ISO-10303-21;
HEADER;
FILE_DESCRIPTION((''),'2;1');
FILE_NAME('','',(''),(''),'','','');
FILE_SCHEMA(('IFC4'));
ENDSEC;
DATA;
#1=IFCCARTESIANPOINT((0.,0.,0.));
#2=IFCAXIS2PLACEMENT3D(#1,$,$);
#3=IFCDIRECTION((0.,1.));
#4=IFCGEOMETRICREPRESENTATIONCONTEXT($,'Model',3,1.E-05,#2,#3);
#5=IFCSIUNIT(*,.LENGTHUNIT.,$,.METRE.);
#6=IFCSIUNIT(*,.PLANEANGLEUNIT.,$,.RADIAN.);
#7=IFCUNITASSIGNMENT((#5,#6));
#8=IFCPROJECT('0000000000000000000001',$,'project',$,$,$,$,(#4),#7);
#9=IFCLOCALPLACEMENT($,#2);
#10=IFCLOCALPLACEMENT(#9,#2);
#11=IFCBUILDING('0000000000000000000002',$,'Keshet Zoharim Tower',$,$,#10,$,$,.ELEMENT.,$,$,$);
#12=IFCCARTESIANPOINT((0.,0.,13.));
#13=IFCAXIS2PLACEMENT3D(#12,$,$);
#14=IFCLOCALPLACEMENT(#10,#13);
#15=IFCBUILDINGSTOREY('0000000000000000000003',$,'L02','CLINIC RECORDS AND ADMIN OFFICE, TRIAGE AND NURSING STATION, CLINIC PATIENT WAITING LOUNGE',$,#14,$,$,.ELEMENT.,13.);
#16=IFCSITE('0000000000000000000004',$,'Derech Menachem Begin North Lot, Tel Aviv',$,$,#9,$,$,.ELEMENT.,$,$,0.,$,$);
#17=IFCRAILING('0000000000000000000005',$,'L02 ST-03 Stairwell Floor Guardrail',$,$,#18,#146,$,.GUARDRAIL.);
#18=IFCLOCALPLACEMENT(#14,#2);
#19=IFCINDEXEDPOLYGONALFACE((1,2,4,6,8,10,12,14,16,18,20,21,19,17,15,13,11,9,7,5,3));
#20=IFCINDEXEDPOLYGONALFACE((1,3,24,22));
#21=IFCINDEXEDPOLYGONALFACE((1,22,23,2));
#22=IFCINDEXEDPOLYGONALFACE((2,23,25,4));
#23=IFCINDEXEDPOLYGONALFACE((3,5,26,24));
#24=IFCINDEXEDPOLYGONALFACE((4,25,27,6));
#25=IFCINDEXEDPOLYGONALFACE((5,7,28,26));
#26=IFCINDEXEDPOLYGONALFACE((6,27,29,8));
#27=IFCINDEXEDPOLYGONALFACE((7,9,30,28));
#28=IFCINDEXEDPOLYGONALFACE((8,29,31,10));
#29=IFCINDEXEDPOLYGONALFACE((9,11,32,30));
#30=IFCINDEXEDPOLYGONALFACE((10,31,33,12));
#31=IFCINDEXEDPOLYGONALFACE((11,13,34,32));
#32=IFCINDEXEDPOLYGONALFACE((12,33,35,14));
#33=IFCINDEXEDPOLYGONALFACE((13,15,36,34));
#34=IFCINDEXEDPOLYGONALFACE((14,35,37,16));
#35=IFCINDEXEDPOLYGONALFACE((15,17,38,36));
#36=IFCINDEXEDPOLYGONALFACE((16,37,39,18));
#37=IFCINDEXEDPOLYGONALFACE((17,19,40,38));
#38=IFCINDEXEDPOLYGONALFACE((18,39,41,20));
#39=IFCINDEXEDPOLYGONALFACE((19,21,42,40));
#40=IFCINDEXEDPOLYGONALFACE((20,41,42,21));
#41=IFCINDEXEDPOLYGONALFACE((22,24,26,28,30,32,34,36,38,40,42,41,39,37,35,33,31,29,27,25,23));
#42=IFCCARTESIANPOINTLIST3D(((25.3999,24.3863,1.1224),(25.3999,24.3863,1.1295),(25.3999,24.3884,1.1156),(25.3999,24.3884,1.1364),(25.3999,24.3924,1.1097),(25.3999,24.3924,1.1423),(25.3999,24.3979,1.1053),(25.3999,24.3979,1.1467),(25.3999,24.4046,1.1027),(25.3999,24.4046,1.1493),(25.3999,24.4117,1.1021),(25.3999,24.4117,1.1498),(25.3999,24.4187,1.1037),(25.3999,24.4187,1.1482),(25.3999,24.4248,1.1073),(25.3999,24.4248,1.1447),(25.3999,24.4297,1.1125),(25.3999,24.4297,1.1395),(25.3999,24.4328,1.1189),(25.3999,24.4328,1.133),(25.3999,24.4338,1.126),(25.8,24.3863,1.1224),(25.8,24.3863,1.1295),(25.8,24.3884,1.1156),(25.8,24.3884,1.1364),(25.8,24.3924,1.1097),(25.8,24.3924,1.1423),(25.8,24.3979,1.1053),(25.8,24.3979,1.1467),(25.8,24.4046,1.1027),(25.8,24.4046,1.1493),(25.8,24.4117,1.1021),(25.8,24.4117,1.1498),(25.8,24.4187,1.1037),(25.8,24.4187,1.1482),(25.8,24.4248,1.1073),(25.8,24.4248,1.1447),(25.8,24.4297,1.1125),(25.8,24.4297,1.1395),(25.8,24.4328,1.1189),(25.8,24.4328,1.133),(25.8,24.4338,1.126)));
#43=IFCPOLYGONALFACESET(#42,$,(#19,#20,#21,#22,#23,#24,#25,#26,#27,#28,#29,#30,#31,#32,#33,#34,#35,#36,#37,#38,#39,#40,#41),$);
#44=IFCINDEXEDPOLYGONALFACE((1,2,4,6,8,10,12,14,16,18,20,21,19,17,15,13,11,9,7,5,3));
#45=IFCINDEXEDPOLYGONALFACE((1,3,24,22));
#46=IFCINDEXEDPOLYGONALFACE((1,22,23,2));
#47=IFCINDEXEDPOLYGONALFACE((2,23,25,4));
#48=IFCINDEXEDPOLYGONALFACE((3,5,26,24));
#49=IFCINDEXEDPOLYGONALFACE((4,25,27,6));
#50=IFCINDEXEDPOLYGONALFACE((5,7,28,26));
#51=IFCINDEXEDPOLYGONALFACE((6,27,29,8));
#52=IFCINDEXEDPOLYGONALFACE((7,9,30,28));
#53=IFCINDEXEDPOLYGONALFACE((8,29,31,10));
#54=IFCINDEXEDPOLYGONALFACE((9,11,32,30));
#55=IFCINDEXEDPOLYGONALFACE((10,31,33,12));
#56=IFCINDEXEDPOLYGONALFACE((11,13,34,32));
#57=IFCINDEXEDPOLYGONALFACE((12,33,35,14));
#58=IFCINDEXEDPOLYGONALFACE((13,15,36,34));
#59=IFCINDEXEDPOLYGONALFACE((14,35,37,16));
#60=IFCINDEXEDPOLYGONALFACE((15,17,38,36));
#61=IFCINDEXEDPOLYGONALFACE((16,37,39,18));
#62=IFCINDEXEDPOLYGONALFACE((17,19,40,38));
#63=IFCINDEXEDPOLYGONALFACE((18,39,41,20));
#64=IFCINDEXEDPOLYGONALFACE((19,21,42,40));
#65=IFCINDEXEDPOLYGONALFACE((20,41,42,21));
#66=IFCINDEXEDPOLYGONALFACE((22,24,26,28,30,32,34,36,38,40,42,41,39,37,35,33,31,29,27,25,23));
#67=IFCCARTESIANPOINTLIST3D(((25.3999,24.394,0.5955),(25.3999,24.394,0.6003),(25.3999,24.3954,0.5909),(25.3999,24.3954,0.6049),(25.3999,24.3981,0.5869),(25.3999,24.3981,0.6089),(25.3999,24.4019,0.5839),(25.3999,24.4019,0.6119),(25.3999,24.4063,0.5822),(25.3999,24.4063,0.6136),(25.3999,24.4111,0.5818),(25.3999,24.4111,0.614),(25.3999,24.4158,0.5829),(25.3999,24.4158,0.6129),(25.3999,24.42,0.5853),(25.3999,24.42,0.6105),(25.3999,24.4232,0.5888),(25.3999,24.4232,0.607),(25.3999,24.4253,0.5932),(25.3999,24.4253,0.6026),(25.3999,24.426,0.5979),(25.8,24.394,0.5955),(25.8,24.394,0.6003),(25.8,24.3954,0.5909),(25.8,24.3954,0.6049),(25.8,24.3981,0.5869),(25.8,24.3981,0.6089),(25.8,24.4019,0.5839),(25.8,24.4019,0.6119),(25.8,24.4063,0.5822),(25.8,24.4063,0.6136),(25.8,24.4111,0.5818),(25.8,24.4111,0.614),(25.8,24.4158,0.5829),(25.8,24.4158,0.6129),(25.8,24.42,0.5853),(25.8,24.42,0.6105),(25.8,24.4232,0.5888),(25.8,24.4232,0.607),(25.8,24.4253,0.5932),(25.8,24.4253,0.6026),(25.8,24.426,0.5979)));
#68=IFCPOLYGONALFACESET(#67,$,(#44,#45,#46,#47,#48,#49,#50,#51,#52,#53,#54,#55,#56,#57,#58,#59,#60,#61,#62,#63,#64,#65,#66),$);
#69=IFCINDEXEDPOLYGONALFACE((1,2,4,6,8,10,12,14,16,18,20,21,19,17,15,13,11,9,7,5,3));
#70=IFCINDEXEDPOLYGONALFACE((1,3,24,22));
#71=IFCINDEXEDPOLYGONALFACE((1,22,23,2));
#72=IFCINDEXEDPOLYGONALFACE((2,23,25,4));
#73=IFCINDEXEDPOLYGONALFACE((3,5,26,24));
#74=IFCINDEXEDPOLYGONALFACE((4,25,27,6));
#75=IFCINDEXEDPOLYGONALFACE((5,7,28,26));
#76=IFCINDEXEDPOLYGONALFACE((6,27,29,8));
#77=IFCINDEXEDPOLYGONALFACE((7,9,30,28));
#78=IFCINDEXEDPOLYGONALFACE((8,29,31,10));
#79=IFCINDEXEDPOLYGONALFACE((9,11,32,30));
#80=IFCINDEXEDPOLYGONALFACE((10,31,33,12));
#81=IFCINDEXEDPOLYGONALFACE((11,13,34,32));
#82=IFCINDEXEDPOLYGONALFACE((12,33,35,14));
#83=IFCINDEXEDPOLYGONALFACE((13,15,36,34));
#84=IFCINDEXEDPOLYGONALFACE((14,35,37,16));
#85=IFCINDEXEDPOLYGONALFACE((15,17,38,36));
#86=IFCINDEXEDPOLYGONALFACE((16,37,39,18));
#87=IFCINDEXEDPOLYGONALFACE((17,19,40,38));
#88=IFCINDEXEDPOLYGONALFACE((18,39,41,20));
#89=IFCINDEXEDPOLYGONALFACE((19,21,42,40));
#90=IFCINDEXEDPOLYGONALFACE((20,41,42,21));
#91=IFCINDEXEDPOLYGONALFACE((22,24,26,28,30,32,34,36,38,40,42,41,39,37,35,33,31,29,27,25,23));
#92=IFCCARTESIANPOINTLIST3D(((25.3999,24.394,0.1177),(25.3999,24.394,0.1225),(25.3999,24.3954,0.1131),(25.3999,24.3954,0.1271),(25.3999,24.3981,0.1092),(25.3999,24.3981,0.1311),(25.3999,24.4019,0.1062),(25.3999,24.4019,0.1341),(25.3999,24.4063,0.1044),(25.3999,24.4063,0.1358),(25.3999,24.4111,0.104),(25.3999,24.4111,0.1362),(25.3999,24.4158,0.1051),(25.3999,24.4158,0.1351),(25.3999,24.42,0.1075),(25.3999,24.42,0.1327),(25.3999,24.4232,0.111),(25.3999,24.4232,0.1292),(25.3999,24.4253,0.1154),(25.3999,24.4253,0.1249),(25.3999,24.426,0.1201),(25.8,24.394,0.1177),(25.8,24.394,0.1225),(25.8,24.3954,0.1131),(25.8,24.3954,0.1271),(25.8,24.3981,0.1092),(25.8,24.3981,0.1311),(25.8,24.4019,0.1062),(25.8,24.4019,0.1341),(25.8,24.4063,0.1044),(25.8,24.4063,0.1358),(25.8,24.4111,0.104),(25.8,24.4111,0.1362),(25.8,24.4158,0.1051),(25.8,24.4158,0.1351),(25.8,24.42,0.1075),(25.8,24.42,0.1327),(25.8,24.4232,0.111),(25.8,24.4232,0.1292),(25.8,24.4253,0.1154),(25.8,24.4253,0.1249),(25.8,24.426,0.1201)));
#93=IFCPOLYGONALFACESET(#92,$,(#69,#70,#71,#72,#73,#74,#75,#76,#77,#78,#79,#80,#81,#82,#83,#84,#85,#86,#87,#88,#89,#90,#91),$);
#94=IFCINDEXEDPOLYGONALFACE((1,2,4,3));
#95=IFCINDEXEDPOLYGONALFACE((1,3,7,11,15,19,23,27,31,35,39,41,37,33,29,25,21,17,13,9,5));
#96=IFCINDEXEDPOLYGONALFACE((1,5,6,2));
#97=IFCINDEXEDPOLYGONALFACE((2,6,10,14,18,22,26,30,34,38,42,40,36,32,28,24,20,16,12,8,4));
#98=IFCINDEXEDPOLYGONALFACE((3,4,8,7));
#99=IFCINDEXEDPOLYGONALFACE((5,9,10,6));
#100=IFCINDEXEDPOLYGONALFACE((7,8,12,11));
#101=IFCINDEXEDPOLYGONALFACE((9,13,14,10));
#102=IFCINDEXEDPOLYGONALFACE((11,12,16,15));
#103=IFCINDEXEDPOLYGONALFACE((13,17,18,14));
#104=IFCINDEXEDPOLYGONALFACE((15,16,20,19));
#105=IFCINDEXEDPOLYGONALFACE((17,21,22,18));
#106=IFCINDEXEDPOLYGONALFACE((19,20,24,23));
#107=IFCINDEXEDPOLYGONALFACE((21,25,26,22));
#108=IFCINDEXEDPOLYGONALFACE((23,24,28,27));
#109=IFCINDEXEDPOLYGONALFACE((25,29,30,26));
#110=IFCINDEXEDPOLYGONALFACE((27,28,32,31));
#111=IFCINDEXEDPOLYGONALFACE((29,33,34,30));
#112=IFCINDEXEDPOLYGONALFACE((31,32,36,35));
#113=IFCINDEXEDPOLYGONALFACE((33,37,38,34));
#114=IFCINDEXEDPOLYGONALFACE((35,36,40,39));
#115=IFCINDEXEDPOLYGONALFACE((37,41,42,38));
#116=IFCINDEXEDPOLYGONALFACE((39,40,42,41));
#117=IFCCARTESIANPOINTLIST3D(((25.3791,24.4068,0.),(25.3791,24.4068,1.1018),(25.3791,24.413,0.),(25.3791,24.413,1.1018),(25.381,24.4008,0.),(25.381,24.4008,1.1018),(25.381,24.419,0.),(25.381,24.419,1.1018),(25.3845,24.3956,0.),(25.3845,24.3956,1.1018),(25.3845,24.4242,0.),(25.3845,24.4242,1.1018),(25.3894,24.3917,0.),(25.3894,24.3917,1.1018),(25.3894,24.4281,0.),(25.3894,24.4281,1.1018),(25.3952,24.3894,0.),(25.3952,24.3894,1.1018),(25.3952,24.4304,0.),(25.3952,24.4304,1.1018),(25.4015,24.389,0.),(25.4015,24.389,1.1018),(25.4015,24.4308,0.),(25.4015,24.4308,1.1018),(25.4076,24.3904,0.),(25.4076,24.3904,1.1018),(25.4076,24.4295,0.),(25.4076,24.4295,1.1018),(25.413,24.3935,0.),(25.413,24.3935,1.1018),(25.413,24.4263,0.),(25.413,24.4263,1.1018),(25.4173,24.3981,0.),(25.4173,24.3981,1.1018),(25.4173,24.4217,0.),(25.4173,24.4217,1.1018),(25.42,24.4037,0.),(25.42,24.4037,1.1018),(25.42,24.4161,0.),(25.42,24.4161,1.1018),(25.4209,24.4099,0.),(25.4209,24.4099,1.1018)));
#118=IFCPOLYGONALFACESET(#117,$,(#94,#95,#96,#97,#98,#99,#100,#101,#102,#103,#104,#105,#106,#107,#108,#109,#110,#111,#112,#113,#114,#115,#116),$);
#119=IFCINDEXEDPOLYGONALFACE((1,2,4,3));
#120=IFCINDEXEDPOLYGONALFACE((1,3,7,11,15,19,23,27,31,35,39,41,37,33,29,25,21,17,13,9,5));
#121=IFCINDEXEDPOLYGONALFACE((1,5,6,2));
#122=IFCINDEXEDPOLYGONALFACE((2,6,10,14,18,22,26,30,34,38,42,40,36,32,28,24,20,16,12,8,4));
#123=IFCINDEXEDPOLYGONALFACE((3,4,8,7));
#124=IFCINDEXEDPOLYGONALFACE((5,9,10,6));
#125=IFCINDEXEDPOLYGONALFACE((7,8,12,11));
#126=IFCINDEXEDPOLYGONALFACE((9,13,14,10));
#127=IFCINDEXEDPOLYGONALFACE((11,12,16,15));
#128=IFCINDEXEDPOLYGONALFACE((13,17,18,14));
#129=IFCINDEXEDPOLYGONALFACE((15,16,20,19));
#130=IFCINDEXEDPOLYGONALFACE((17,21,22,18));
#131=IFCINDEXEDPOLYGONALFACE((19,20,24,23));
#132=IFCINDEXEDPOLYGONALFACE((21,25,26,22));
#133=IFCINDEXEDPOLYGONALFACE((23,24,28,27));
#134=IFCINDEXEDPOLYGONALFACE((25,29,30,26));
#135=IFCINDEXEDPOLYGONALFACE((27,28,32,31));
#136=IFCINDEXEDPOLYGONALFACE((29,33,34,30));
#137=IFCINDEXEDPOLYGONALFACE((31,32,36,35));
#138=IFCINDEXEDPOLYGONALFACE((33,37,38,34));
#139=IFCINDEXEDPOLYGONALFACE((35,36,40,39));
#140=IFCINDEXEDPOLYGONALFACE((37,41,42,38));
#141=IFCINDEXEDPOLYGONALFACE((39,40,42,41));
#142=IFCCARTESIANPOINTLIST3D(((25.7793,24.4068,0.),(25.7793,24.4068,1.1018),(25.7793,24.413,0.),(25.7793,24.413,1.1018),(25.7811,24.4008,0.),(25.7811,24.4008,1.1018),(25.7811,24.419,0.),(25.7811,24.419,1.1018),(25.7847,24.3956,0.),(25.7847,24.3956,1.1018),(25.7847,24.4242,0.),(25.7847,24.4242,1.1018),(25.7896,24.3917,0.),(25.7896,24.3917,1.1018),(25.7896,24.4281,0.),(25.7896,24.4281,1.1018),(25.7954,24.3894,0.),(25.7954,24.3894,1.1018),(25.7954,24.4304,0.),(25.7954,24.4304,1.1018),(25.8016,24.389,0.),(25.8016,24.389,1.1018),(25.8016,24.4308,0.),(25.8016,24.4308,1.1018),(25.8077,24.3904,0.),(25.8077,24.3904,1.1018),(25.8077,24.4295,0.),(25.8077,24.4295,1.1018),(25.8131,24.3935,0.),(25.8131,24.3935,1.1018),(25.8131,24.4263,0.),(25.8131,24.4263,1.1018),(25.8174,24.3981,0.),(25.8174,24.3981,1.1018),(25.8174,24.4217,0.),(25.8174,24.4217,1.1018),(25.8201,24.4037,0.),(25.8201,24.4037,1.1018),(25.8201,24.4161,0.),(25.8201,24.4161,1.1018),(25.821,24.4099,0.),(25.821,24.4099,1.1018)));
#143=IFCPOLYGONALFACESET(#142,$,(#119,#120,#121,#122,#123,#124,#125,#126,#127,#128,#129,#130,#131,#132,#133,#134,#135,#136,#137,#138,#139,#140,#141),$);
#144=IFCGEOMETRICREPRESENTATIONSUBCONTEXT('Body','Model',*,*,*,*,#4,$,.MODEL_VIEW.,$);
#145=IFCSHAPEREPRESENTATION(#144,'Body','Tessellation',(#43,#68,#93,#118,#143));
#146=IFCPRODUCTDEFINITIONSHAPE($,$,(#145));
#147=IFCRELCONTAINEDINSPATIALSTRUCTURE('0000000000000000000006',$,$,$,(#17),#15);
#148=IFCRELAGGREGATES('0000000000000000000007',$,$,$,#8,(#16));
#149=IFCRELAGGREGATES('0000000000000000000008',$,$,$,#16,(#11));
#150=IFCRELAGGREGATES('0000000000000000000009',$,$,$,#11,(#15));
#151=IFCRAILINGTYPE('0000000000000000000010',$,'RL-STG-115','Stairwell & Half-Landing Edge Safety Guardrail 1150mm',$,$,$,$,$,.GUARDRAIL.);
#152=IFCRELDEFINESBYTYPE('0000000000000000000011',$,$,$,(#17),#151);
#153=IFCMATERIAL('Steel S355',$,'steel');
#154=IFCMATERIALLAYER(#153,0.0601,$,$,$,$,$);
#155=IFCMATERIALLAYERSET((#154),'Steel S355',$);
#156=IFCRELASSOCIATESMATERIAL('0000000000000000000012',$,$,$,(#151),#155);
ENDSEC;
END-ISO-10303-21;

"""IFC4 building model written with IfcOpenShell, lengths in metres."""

from ifc_helpers import new_model, si_unit, direction, frame, origin, origin_2d, place, context, subcontext, project, spatial, circle, extrude, material, layer, layer_set, type_object, element, save


model = new_model("IFC4")

# Units and contexts
model_context = context("Model", 3, precision=1e-05, world=origin(), true_north=direction((0.0, 1.0)))
body_context = subcontext(model_context, "Body", "Model", "MODEL_VIEW")
ifc_project = project(units=[si_unit("LENGTHUNIT", "METRE"), si_unit("PLANEANGLEUNIT", "RADIAN")], contexts=[model_context])

# Site, building, storey
site_placement = place(None, origin())
site = spatial("IfcSite", under=ifc_project, at=site_placement, Name="Derech Menachem Begin North Lot, Tel Aviv", CompositionType="ELEMENT", RefElevation=0.0)
building_placement = place(site_placement, origin())
building = spatial("IfcBuilding", under=site, at=building_placement, Name="Keshet Zoharim Tower", CompositionType="ELEMENT")
storey_placement = place(building_placement, frame((0.0, 0.0, 13.0)))
storey = spatial("IfcBuildingStorey", under=building, at=storey_placement, Name="L02", Description="CLINIC RECORDS AND ADMIN OFFICE, TRIAGE AND NURSING STATION, CLINIC PATIENT WAITING LOUNGE", CompositionType="ELEMENT", Elevation=13.0)

# Shared definitions
ifc_material_1 = material(Name="Steel S355", Category="steel")

# Railing
ifc_layer_1 = layer(ifc_material_1, 0.0601)
ifc_layer_set_1 = layer_set([ifc_layer_1], Name="Steel S355")
railing_type_1 = type_object("IfcRailingType", Name="RL-STG-115", Description="Stairwell & Half-Landing Edge Safety Guardrail 1150mm", PredefinedType="GUARDRAIL", material=ifc_layer_set_1)
railing_1_placement = place(storey_placement, frame((25.3999, 24.4099, 0.0)))
element("IfcRailing", 1, at=railing_1_placement, inside=storey, type_object=railing_type_1, Name="L02 ST-03 Stairwell Floor Guardrail", PredefinedType="GUARDRAIL", context=body_context, shape_type="SweptSolid", body=[
    extrude(circle(Radius=0.0239, at=origin_2d()), frame((0.0, 0.0, 1.126), z_axis=(1.0, 0.0, 0.0), x_axis=(0.0, 1.0, 0.0)), (0.0, 0.0, 1.0), 0.4001),
    extrude(circle(Radius=0.0161, at=origin_2d()), frame((0.0, 0.0, 0.5979), z_axis=(1.0, 0.0, 0.0), x_axis=(0.0, 1.0, 0.0)), (0.0, 0.0, 1.0), 0.4001),
    extrude(circle(Radius=0.0161, at=origin_2d()), frame((0.0, 0.0, 0.1201), z_axis=(1.0, 0.0, 0.0), x_axis=(0.0, 1.0, 0.0)), (0.0, 0.0, 1.0), 0.4001),
    extrude(circle(Radius=0.021, at=origin_2d()), origin(), (0.0, 0.0, 1.0), 1.1018),
    extrude(circle(Radius=0.021, at=origin_2d()), frame((0.4001, 0.0, 0.0)), (0.0, 0.0, 1.0), 1.1018),
])

save(model, "model.ifc")
